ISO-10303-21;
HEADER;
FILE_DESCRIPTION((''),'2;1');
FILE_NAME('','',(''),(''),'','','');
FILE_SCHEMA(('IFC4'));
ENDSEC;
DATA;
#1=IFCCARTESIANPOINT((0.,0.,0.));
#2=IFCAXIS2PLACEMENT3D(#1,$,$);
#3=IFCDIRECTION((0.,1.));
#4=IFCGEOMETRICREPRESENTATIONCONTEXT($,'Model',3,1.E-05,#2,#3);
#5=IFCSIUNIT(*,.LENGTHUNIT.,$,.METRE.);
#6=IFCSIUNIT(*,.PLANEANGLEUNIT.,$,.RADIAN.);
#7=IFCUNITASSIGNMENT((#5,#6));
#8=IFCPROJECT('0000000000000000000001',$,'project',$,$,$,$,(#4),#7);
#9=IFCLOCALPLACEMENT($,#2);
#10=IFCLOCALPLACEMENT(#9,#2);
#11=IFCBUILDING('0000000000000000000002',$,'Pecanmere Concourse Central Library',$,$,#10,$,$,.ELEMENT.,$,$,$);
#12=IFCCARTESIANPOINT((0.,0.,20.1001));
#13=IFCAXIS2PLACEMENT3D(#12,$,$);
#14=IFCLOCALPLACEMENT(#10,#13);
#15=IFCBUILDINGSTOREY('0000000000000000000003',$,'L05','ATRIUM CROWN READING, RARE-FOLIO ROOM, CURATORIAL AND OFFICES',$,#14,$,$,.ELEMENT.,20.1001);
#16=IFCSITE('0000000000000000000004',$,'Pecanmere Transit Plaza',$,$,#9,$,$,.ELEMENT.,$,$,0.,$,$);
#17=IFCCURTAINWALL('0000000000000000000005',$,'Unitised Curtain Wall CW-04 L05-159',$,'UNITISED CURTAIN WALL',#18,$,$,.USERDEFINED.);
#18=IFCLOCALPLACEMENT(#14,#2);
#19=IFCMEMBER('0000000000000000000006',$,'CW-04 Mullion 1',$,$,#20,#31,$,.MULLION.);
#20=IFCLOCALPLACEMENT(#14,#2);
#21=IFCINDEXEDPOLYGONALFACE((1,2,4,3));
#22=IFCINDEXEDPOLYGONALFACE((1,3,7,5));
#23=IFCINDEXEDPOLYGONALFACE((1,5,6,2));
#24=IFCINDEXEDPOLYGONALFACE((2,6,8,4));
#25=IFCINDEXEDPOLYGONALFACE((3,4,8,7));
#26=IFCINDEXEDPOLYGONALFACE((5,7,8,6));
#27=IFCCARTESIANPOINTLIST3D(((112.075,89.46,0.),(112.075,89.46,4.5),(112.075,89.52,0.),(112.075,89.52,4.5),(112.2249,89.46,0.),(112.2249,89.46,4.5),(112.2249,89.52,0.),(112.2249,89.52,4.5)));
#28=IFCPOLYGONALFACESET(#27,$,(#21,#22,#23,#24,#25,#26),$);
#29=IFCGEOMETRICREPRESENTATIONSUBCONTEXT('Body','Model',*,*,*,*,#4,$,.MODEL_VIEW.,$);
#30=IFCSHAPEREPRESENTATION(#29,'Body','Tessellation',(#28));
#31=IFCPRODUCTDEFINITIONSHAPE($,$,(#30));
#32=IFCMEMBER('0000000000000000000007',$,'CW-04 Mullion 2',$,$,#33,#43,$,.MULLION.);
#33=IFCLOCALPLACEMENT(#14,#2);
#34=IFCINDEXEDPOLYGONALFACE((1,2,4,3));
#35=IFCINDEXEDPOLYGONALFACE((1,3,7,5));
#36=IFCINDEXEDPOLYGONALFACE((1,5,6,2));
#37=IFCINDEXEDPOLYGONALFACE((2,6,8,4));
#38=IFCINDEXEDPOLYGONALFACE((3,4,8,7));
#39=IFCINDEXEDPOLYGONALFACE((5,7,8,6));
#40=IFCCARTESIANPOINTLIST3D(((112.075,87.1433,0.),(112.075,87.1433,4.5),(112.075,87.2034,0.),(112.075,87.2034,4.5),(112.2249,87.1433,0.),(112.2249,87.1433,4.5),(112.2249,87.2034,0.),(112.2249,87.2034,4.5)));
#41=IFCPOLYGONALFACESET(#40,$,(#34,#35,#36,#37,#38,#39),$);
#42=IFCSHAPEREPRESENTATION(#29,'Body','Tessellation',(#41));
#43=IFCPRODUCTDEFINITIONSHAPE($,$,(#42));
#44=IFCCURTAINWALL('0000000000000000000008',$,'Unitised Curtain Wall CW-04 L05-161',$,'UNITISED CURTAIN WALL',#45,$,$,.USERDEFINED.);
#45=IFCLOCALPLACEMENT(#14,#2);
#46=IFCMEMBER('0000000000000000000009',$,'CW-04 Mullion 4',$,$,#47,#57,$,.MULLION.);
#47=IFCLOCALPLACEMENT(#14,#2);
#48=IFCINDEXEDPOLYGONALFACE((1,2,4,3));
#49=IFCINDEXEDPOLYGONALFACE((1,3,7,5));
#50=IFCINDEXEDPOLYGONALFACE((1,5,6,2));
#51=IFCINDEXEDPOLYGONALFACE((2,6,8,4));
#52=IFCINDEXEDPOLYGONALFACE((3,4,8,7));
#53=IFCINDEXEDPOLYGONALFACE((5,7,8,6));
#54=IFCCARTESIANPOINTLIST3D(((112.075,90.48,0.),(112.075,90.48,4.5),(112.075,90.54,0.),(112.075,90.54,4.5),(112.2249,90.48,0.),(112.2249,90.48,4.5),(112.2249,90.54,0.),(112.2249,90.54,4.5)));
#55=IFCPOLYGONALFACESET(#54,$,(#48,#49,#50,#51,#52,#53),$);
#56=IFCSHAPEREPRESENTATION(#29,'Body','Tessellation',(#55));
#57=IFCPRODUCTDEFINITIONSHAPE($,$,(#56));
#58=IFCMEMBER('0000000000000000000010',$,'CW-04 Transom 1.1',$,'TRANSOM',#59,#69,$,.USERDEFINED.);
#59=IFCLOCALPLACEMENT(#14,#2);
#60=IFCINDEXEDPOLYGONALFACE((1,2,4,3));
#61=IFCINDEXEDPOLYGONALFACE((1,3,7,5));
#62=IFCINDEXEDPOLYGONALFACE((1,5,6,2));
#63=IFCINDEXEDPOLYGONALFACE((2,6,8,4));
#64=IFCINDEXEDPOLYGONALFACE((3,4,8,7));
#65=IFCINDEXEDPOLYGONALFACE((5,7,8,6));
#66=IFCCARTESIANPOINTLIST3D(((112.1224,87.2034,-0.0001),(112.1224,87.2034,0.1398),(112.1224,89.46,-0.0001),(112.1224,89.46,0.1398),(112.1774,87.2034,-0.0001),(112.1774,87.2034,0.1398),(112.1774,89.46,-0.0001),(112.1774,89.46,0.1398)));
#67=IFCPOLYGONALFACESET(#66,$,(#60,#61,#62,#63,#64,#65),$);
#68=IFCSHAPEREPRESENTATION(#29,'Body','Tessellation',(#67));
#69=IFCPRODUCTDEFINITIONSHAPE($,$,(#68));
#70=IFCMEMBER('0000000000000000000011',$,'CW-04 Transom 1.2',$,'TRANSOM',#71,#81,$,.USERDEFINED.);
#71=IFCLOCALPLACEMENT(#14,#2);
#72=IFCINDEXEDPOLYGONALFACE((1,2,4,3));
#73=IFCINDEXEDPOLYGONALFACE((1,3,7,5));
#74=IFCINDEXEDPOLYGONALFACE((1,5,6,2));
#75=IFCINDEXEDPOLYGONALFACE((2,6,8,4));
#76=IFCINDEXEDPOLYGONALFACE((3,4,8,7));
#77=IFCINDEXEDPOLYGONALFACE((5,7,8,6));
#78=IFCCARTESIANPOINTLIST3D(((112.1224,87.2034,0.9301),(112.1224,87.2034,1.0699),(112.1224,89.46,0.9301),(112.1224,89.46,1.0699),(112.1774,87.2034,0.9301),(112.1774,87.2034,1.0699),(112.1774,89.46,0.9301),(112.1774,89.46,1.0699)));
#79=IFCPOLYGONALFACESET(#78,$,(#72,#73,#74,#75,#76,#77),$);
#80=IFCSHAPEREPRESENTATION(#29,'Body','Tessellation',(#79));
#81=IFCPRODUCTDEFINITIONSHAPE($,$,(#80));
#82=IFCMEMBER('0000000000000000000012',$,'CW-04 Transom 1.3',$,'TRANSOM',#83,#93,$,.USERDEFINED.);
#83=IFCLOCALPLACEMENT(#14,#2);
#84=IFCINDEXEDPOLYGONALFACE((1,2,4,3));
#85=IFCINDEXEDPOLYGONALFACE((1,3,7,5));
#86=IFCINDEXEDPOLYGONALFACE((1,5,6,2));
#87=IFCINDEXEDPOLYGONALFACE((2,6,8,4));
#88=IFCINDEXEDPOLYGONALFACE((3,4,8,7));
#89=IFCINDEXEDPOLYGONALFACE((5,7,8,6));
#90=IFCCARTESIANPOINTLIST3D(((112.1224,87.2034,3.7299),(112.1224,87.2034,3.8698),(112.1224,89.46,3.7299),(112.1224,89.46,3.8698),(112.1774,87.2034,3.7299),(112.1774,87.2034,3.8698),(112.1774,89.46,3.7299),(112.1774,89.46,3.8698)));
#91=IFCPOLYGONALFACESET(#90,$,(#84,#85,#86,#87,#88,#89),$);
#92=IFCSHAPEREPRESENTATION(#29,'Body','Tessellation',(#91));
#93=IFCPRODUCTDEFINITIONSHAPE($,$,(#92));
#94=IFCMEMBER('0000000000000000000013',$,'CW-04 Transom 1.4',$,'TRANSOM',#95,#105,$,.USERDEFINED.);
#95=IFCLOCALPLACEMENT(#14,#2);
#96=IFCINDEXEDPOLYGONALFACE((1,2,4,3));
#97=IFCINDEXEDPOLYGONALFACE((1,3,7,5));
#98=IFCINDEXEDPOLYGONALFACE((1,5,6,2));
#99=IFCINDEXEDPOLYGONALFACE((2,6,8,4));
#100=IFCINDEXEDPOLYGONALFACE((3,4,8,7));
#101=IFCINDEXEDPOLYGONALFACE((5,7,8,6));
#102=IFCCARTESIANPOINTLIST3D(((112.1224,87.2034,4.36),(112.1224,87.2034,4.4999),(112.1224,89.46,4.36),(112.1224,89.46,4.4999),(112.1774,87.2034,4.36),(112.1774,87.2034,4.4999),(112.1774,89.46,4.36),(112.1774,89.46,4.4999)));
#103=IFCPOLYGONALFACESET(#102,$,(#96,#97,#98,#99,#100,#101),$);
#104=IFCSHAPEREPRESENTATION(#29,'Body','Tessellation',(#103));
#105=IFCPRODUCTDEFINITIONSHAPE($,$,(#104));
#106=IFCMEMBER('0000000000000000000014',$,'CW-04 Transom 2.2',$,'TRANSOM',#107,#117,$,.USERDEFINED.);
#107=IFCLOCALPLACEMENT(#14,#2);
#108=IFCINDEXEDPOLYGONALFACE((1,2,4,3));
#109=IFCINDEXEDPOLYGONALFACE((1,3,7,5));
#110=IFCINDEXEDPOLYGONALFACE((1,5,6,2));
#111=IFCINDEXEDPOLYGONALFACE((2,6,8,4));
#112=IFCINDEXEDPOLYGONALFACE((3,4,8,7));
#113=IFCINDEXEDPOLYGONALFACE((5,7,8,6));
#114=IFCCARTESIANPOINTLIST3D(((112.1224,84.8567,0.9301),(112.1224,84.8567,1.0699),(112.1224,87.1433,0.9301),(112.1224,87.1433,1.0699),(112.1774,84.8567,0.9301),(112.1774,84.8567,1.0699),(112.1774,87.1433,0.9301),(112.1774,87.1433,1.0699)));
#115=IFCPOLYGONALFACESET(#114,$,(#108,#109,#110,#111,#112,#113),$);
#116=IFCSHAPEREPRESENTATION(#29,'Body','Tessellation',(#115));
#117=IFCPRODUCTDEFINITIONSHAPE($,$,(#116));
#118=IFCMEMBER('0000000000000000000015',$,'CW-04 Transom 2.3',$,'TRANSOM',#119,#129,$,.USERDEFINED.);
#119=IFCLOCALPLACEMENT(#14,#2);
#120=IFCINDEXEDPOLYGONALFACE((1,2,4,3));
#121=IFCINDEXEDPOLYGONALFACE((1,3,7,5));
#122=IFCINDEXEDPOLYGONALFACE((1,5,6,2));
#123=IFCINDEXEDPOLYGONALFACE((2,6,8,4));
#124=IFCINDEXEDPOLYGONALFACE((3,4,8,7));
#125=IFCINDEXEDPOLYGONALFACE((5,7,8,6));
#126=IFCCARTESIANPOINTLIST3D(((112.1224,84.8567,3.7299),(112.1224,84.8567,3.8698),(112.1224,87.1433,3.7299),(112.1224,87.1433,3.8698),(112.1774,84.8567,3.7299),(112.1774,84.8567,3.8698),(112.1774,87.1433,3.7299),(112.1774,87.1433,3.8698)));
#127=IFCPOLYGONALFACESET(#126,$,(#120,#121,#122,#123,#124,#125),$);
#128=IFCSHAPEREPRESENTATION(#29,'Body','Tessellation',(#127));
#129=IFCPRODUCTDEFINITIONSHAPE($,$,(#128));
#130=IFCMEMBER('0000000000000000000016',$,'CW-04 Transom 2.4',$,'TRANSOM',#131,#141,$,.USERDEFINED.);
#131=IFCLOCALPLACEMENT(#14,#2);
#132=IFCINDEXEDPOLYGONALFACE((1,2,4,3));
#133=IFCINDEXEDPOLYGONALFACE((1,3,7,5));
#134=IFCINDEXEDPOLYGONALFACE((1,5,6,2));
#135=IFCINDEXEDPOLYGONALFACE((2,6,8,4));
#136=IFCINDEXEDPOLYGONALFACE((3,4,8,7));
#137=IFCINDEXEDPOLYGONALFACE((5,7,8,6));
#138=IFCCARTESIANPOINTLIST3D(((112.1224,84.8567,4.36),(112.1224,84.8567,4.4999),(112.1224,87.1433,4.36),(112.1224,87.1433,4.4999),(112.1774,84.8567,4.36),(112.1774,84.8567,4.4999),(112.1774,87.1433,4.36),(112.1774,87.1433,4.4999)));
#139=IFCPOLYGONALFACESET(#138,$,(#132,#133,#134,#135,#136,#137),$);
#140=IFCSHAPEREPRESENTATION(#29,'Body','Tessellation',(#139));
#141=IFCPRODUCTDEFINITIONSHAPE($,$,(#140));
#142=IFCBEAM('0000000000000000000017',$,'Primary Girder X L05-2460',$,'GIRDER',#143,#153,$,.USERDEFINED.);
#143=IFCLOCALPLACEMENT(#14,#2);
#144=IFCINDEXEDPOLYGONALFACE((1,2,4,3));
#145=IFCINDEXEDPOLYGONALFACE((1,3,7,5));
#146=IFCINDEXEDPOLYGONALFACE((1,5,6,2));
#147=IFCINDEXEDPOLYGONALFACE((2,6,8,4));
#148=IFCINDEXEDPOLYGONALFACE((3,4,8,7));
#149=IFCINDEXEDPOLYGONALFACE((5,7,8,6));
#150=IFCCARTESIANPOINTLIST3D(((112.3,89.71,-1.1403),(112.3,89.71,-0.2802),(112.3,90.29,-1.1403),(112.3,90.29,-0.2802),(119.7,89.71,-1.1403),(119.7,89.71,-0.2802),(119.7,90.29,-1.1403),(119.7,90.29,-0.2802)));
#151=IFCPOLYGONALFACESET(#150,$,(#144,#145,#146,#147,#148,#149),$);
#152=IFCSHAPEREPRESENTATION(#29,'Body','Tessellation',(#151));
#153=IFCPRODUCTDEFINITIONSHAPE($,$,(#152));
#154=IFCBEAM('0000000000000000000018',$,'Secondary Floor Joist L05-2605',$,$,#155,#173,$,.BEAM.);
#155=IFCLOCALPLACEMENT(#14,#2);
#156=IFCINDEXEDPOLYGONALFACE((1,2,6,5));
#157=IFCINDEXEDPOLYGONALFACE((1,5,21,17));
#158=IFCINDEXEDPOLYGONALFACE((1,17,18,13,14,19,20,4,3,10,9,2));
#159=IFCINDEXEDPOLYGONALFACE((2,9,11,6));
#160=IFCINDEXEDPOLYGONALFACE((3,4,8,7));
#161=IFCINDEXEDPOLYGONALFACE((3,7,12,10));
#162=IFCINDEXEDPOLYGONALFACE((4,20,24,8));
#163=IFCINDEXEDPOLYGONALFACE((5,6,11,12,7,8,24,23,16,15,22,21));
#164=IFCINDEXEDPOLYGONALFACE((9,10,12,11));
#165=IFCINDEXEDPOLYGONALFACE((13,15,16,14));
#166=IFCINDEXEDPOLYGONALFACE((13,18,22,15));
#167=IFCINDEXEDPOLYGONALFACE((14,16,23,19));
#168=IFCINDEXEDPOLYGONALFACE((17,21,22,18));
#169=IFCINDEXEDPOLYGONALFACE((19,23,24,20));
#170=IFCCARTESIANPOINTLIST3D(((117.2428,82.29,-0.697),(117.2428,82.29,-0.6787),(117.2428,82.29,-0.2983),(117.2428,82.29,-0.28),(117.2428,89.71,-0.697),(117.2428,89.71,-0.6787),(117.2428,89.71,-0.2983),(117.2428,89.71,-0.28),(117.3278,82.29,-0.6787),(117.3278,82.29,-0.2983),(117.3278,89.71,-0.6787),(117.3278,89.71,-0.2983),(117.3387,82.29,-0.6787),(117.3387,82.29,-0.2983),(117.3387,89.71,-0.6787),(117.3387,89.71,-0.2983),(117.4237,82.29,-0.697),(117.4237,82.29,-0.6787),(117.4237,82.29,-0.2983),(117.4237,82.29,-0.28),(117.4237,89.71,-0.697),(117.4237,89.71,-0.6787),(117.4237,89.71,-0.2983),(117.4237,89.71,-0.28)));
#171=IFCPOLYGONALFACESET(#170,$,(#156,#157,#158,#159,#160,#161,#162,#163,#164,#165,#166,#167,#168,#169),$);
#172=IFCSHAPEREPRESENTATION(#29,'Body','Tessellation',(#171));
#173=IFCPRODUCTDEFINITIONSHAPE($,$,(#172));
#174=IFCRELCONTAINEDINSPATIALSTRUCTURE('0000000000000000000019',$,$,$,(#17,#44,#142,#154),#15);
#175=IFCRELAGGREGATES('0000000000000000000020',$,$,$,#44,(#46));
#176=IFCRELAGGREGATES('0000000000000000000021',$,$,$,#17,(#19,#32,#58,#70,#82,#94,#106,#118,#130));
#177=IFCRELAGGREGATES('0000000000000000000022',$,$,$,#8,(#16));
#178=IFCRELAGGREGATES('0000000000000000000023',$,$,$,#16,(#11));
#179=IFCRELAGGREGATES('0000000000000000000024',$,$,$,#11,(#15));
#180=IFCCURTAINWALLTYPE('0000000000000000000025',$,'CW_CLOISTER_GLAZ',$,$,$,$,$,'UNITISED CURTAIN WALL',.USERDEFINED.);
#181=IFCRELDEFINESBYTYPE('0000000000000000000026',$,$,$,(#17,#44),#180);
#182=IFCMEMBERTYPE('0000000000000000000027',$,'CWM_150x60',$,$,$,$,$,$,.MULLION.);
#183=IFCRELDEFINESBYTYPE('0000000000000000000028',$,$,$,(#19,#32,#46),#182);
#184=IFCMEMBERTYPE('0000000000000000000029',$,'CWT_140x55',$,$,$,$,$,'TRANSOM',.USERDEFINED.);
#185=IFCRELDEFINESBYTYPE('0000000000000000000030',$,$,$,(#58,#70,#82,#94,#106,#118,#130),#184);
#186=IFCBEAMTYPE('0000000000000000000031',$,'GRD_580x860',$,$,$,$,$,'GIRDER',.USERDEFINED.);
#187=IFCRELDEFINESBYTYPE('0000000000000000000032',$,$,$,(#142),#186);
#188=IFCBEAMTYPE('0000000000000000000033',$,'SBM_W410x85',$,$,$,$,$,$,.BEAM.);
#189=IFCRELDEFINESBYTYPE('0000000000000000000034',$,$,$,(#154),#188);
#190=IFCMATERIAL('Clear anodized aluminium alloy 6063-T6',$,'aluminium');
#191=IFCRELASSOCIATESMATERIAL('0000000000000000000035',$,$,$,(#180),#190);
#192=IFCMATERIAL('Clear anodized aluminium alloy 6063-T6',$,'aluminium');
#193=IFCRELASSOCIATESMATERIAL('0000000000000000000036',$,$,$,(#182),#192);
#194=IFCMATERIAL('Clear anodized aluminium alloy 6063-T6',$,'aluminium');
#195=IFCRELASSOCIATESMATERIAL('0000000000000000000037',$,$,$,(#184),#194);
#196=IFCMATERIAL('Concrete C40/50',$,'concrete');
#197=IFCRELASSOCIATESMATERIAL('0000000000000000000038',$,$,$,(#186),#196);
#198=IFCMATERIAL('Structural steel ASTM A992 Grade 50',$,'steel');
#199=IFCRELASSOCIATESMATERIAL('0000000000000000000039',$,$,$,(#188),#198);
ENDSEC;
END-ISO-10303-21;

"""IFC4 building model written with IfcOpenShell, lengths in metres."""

from ifc_helpers import new_model, si_unit, direction, frame, origin, origin_2d, place, context, subcontext, project, spatial, rectangle, i_section, extrude, material, material_profile, profile_set, type_object, element, aggregate, save


model = new_model("IFC4")

# Units and contexts
model_context = context("Model", 3, precision=1e-05, world=origin(), true_north=direction((0.0, 1.0)))
body_context = subcontext(model_context, "Body", "Model", "MODEL_VIEW")
ifc_project = project(units=[si_unit("LENGTHUNIT", "METRE"), si_unit("PLANEANGLEUNIT", "RADIAN")], contexts=[model_context])

# Site, building, storey
site_placement = place(None, origin())
site = spatial("IfcSite", under=ifc_project, at=site_placement, Name="Pecanmere Transit Plaza", CompositionType="ELEMENT", RefElevation=0.0)
building_placement = place(site_placement, origin())
building = spatial("IfcBuilding", under=site, at=building_placement, Name="Pecanmere Concourse Central Library", CompositionType="ELEMENT")
storey_placement = place(building_placement, frame((0.0, 0.0, 20.1001)))
storey = spatial("IfcBuildingStorey", under=building, at=storey_placement, Name="L05", Description="ATRIUM CROWN READING, RARE-FOLIO ROOM, CURATORIAL AND OFFICES", CompositionType="ELEMENT", Elevation=20.1001)

# Curtain wall, members
ifc_material_1 = material(Name="Clear anodized aluminium alloy 6063-T6", Category="aluminium")
curtain_wall_type = type_object("IfcCurtainWallType", Name="CW_CLOISTER_GLAZ", ElementType="UNITISED CURTAIN WALL", PredefinedType="USERDEFINED", material=ifc_material_1)
curtain_wall_1_placement = place(storey_placement, origin())
curtain_wall_1 = element("IfcCurtainWall", 1, at=curtain_wall_1_placement, inside=storey, type_object=curtain_wall_type, Name="Unitised Curtain Wall CW-04 L05-159", ObjectType="UNITISED CURTAIN WALL", PredefinedType="USERDEFINED")
ifc_material_2 = material(Name="Clear anodized aluminium alloy 6063-T6", Category="aluminium")
ifc_material_profile_1 = material_profile(ifc_material_2, rectangle(XDim=0.0601, YDim=0.1499, at=origin_2d()), Name="AL 60x150")
ifc_profile_set_1 = profile_set([ifc_material_profile_1], Name="Clear anodized aluminium alloy 6063-T6")
member_type_1 = type_object("IfcMemberType", Name="CWM_150x60", PredefinedType="MULLION", material=ifc_profile_set_1)
member_1_placement = place(storey_placement, frame((112.1499, 89.49, 0.0), z_axis=(0.0, 0.0, 1.0), x_axis=(0.0, -1.0, 0.0)))
member_1 = element("IfcMember", 2, at=member_1_placement, type_object=member_type_1, Name="CW-04 Mullion 1", PredefinedType="MULLION", context=body_context, shape_type="SweptSolid", body=[
    extrude(rectangle(XDim=0.0601, YDim=0.1499, at=origin_2d()), origin(), (0.0, 0.0, 1.0), 4.5),
])
member_2_placement = place(storey_placement, frame((112.1499, 87.1733, 0.0), z_axis=(0.0, 0.0, 1.0), x_axis=(0.0, -1.0, 0.0)))
member_2 = element("IfcMember", 3, at=member_2_placement, type_object=member_type_1, Name="CW-04 Mullion 2", PredefinedType="MULLION", context=body_context, shape_type="SweptSolid", body=[
    extrude(rectangle(XDim=0.0601, YDim=0.1499, at=origin_2d()), origin(), (0.0, 0.0, 1.0), 4.5),
])

# Curtain wall, member
curtain_wall_2_placement = place(storey_placement, origin())
curtain_wall_2 = element("IfcCurtainWall", 4, at=curtain_wall_2_placement, inside=storey, type_object=curtain_wall_type, Name="Unitised Curtain Wall CW-04 L05-161", ObjectType="UNITISED CURTAIN WALL", PredefinedType="USERDEFINED")
member_3_placement = place(storey_placement, frame((112.1499, 90.51, 0.0), z_axis=(0.0, 0.0, 1.0), x_axis=(0.0, -1.0, 0.0)))
member_3 = element("IfcMember", 5, at=member_3_placement, type_object=member_type_1, Name="CW-04 Mullion 4", PredefinedType="MULLION", context=body_context, shape_type="SweptSolid", body=[
    extrude(rectangle(XDim=0.0601, YDim=0.1499, at=origin_2d()), origin(), (0.0, 0.0, 1.0), 4.5),
])
aggregate(curtain_wall_2, [member_3])

# Members
ifc_material_3 = material(Name="Clear anodized aluminium alloy 6063-T6", Category="aluminium")
ifc_material_profile_2 = material_profile(ifc_material_3, rectangle(XDim=0.0549, YDim=0.1399, at=origin_2d()), Name="AL 55x140")
ifc_profile_set_2 = profile_set([ifc_material_profile_2], Name="Clear anodized aluminium alloy 6063-T6")
member_type_2 = type_object("IfcMemberType", Name="CWT_140x55", ElementType="TRANSOM", PredefinedType="USERDEFINED", material=ifc_profile_set_2)
member_4_placement = place(storey_placement, frame((112.1499, 89.46, 0.0698), z_axis=(0.0, -1.0, 0.0), x_axis=(1.0, 0.0, 0.0)))
member_4 = element("IfcMember", 6, at=member_4_placement, type_object=member_type_2, Name="CW-04 Transom 1.1", ObjectType="TRANSOM", PredefinedType="USERDEFINED", context=body_context, shape_type="SweptSolid", body=[
    extrude(rectangle(XDim=0.0549, YDim=0.1399, at=origin_2d()), origin(), (0.0, 0.0, 1.0), 2.2566),
])
member_5_placement = place(storey_placement, frame((112.1499, 89.46, 1.0), z_axis=(0.0, -1.0, 0.0), x_axis=(1.0, 0.0, 0.0)))
member_5 = element("IfcMember", 7, at=member_5_placement, type_object=member_type_2, Name="CW-04 Transom 1.2", ObjectType="TRANSOM", PredefinedType="USERDEFINED", context=body_context, shape_type="SweptSolid", body=[
    extrude(rectangle(XDim=0.0549, YDim=0.1399, at=origin_2d()), origin(), (0.0, 0.0, 1.0), 2.2566),
])
member_6_placement = place(storey_placement, frame((112.1499, 89.46, 3.7998), z_axis=(0.0, -1.0, 0.0), x_axis=(1.0, 0.0, 0.0)))
member_6 = element("IfcMember", 8, at=member_6_placement, type_object=member_type_2, Name="CW-04 Transom 1.3", ObjectType="TRANSOM", PredefinedType="USERDEFINED", context=body_context, shape_type="SweptSolid", body=[
    extrude(rectangle(XDim=0.0549, YDim=0.1399, at=origin_2d()), origin(), (0.0, 0.0, 1.0), 2.2566),
])
member_7_placement = place(storey_placement, frame((112.1499, 89.46, 4.4299), z_axis=(0.0, -1.0, 0.0), x_axis=(1.0, 0.0, 0.0)))
member_7 = element("IfcMember", 9, at=member_7_placement, type_object=member_type_2, Name="CW-04 Transom 1.4", ObjectType="TRANSOM", PredefinedType="USERDEFINED", context=body_context, shape_type="SweptSolid", body=[
    extrude(rectangle(XDim=0.0549, YDim=0.1399, at=origin_2d()), origin(), (0.0, 0.0, 1.0), 2.2566),
])
member_8_placement = place(storey_placement, frame((112.1499, 87.1433, 1.0), z_axis=(0.0, -1.0, 0.0), x_axis=(1.0, 0.0, 0.0)))
member_8 = element("IfcMember", 10, at=member_8_placement, type_object=member_type_2, Name="CW-04 Transom 2.2", ObjectType="TRANSOM", PredefinedType="USERDEFINED", context=body_context, shape_type="SweptSolid", body=[
    extrude(rectangle(XDim=0.0549, YDim=0.1399, at=origin_2d()), origin(), (0.0, 0.0, 1.0), 2.2866),
])
member_9_placement = place(storey_placement, frame((112.1499, 87.1433, 3.7998), z_axis=(0.0, -1.0, 0.0), x_axis=(1.0, 0.0, 0.0)))
member_9 = element("IfcMember", 11, at=member_9_placement, type_object=member_type_2, Name="CW-04 Transom 2.3", ObjectType="TRANSOM", PredefinedType="USERDEFINED", context=body_context, shape_type="SweptSolid", body=[
    extrude(rectangle(XDim=0.0549, YDim=0.1399, at=origin_2d()), origin(), (0.0, 0.0, 1.0), 2.2866),
])
member_10_placement = place(storey_placement, frame((112.1499, 87.1433, 4.4299), z_axis=(0.0, -1.0, 0.0), x_axis=(1.0, 0.0, 0.0)))
member_10 = element("IfcMember", 12, at=member_10_placement, type_object=member_type_2, Name="CW-04 Transom 2.4", ObjectType="TRANSOM", PredefinedType="USERDEFINED", context=body_context, shape_type="SweptSolid", body=[
    extrude(rectangle(XDim=0.0549, YDim=0.1399, at=origin_2d()), origin(), (0.0, 0.0, 1.0), 2.2866),
])

# Beams
ifc_material_4 = material(Name="Concrete C40/50", Category="concrete")
ifc_material_profile_3 = material_profile(ifc_material_4, rectangle(XDim=0.5801, YDim=0.8601, at=origin_2d()), Name="RC 580x860")
ifc_profile_set_3 = profile_set([ifc_material_profile_3], Name="Concrete C40/50")
beam_type_1 = type_object("IfcBeamType", Name="GRD_580x860", ElementType="GIRDER", PredefinedType="USERDEFINED", material=ifc_profile_set_3)
beam_1_placement = place(storey_placement, frame((112.3, 90.0, -0.7102), z_axis=(1.0, 0.0, 0.0), x_axis=(0.0, 1.0, 0.0)))
element("IfcBeam", 13, at=beam_1_placement, inside=storey, type_object=beam_type_1, Name="Primary Girder X L05-2460", ObjectType="GIRDER", PredefinedType="USERDEFINED", context=body_context, shape_type="SweptSolid", body=[
    extrude(rectangle(XDim=0.5801, YDim=0.8601, at=origin_2d()), origin(), (0.0, 0.0, 1.0), 7.3999),
])
ifc_material_5 = material(Name="Structural steel ASTM A992 Grade 50", Category="steel")
ifc_material_profile_4 = material_profile(ifc_material_5, i_section(OverallWidth=0.1809, OverallDepth=0.417, WebThickness=0.011, FlangeThickness=0.0183, at=origin_2d()), Name="W410x85")
ifc_profile_set_4 = profile_set([ifc_material_profile_4], Name="Structural steel ASTM A992 Grade 50")
beam_type_2 = type_object("IfcBeamType", Name="SBM_W410x85", PredefinedType="BEAM", material=ifc_profile_set_4)
beam_2_placement = place(storey_placement, frame((117.3333, 82.29, -0.4885), z_axis=(0.0, 1.0, 0.0), x_axis=(-1.0, 0.0, 0.0)))
element("IfcBeam", 14, at=beam_2_placement, inside=storey, type_object=beam_type_2, Name="Secondary Floor Joist L05-2605", PredefinedType="BEAM", context=body_context, shape_type="SweptSolid", body=[
    extrude(i_section(OverallWidth=0.1809, OverallDepth=0.417, WebThickness=0.011, FlangeThickness=0.0183, at=origin_2d()), origin(), (0.0, 0.0, 1.0), 7.4199),
])

aggregate(curtain_wall_1, [member_1, member_2, member_4, member_5, member_6, member_7, member_8, member_9, member_10])

save(model, "model.ifc")
